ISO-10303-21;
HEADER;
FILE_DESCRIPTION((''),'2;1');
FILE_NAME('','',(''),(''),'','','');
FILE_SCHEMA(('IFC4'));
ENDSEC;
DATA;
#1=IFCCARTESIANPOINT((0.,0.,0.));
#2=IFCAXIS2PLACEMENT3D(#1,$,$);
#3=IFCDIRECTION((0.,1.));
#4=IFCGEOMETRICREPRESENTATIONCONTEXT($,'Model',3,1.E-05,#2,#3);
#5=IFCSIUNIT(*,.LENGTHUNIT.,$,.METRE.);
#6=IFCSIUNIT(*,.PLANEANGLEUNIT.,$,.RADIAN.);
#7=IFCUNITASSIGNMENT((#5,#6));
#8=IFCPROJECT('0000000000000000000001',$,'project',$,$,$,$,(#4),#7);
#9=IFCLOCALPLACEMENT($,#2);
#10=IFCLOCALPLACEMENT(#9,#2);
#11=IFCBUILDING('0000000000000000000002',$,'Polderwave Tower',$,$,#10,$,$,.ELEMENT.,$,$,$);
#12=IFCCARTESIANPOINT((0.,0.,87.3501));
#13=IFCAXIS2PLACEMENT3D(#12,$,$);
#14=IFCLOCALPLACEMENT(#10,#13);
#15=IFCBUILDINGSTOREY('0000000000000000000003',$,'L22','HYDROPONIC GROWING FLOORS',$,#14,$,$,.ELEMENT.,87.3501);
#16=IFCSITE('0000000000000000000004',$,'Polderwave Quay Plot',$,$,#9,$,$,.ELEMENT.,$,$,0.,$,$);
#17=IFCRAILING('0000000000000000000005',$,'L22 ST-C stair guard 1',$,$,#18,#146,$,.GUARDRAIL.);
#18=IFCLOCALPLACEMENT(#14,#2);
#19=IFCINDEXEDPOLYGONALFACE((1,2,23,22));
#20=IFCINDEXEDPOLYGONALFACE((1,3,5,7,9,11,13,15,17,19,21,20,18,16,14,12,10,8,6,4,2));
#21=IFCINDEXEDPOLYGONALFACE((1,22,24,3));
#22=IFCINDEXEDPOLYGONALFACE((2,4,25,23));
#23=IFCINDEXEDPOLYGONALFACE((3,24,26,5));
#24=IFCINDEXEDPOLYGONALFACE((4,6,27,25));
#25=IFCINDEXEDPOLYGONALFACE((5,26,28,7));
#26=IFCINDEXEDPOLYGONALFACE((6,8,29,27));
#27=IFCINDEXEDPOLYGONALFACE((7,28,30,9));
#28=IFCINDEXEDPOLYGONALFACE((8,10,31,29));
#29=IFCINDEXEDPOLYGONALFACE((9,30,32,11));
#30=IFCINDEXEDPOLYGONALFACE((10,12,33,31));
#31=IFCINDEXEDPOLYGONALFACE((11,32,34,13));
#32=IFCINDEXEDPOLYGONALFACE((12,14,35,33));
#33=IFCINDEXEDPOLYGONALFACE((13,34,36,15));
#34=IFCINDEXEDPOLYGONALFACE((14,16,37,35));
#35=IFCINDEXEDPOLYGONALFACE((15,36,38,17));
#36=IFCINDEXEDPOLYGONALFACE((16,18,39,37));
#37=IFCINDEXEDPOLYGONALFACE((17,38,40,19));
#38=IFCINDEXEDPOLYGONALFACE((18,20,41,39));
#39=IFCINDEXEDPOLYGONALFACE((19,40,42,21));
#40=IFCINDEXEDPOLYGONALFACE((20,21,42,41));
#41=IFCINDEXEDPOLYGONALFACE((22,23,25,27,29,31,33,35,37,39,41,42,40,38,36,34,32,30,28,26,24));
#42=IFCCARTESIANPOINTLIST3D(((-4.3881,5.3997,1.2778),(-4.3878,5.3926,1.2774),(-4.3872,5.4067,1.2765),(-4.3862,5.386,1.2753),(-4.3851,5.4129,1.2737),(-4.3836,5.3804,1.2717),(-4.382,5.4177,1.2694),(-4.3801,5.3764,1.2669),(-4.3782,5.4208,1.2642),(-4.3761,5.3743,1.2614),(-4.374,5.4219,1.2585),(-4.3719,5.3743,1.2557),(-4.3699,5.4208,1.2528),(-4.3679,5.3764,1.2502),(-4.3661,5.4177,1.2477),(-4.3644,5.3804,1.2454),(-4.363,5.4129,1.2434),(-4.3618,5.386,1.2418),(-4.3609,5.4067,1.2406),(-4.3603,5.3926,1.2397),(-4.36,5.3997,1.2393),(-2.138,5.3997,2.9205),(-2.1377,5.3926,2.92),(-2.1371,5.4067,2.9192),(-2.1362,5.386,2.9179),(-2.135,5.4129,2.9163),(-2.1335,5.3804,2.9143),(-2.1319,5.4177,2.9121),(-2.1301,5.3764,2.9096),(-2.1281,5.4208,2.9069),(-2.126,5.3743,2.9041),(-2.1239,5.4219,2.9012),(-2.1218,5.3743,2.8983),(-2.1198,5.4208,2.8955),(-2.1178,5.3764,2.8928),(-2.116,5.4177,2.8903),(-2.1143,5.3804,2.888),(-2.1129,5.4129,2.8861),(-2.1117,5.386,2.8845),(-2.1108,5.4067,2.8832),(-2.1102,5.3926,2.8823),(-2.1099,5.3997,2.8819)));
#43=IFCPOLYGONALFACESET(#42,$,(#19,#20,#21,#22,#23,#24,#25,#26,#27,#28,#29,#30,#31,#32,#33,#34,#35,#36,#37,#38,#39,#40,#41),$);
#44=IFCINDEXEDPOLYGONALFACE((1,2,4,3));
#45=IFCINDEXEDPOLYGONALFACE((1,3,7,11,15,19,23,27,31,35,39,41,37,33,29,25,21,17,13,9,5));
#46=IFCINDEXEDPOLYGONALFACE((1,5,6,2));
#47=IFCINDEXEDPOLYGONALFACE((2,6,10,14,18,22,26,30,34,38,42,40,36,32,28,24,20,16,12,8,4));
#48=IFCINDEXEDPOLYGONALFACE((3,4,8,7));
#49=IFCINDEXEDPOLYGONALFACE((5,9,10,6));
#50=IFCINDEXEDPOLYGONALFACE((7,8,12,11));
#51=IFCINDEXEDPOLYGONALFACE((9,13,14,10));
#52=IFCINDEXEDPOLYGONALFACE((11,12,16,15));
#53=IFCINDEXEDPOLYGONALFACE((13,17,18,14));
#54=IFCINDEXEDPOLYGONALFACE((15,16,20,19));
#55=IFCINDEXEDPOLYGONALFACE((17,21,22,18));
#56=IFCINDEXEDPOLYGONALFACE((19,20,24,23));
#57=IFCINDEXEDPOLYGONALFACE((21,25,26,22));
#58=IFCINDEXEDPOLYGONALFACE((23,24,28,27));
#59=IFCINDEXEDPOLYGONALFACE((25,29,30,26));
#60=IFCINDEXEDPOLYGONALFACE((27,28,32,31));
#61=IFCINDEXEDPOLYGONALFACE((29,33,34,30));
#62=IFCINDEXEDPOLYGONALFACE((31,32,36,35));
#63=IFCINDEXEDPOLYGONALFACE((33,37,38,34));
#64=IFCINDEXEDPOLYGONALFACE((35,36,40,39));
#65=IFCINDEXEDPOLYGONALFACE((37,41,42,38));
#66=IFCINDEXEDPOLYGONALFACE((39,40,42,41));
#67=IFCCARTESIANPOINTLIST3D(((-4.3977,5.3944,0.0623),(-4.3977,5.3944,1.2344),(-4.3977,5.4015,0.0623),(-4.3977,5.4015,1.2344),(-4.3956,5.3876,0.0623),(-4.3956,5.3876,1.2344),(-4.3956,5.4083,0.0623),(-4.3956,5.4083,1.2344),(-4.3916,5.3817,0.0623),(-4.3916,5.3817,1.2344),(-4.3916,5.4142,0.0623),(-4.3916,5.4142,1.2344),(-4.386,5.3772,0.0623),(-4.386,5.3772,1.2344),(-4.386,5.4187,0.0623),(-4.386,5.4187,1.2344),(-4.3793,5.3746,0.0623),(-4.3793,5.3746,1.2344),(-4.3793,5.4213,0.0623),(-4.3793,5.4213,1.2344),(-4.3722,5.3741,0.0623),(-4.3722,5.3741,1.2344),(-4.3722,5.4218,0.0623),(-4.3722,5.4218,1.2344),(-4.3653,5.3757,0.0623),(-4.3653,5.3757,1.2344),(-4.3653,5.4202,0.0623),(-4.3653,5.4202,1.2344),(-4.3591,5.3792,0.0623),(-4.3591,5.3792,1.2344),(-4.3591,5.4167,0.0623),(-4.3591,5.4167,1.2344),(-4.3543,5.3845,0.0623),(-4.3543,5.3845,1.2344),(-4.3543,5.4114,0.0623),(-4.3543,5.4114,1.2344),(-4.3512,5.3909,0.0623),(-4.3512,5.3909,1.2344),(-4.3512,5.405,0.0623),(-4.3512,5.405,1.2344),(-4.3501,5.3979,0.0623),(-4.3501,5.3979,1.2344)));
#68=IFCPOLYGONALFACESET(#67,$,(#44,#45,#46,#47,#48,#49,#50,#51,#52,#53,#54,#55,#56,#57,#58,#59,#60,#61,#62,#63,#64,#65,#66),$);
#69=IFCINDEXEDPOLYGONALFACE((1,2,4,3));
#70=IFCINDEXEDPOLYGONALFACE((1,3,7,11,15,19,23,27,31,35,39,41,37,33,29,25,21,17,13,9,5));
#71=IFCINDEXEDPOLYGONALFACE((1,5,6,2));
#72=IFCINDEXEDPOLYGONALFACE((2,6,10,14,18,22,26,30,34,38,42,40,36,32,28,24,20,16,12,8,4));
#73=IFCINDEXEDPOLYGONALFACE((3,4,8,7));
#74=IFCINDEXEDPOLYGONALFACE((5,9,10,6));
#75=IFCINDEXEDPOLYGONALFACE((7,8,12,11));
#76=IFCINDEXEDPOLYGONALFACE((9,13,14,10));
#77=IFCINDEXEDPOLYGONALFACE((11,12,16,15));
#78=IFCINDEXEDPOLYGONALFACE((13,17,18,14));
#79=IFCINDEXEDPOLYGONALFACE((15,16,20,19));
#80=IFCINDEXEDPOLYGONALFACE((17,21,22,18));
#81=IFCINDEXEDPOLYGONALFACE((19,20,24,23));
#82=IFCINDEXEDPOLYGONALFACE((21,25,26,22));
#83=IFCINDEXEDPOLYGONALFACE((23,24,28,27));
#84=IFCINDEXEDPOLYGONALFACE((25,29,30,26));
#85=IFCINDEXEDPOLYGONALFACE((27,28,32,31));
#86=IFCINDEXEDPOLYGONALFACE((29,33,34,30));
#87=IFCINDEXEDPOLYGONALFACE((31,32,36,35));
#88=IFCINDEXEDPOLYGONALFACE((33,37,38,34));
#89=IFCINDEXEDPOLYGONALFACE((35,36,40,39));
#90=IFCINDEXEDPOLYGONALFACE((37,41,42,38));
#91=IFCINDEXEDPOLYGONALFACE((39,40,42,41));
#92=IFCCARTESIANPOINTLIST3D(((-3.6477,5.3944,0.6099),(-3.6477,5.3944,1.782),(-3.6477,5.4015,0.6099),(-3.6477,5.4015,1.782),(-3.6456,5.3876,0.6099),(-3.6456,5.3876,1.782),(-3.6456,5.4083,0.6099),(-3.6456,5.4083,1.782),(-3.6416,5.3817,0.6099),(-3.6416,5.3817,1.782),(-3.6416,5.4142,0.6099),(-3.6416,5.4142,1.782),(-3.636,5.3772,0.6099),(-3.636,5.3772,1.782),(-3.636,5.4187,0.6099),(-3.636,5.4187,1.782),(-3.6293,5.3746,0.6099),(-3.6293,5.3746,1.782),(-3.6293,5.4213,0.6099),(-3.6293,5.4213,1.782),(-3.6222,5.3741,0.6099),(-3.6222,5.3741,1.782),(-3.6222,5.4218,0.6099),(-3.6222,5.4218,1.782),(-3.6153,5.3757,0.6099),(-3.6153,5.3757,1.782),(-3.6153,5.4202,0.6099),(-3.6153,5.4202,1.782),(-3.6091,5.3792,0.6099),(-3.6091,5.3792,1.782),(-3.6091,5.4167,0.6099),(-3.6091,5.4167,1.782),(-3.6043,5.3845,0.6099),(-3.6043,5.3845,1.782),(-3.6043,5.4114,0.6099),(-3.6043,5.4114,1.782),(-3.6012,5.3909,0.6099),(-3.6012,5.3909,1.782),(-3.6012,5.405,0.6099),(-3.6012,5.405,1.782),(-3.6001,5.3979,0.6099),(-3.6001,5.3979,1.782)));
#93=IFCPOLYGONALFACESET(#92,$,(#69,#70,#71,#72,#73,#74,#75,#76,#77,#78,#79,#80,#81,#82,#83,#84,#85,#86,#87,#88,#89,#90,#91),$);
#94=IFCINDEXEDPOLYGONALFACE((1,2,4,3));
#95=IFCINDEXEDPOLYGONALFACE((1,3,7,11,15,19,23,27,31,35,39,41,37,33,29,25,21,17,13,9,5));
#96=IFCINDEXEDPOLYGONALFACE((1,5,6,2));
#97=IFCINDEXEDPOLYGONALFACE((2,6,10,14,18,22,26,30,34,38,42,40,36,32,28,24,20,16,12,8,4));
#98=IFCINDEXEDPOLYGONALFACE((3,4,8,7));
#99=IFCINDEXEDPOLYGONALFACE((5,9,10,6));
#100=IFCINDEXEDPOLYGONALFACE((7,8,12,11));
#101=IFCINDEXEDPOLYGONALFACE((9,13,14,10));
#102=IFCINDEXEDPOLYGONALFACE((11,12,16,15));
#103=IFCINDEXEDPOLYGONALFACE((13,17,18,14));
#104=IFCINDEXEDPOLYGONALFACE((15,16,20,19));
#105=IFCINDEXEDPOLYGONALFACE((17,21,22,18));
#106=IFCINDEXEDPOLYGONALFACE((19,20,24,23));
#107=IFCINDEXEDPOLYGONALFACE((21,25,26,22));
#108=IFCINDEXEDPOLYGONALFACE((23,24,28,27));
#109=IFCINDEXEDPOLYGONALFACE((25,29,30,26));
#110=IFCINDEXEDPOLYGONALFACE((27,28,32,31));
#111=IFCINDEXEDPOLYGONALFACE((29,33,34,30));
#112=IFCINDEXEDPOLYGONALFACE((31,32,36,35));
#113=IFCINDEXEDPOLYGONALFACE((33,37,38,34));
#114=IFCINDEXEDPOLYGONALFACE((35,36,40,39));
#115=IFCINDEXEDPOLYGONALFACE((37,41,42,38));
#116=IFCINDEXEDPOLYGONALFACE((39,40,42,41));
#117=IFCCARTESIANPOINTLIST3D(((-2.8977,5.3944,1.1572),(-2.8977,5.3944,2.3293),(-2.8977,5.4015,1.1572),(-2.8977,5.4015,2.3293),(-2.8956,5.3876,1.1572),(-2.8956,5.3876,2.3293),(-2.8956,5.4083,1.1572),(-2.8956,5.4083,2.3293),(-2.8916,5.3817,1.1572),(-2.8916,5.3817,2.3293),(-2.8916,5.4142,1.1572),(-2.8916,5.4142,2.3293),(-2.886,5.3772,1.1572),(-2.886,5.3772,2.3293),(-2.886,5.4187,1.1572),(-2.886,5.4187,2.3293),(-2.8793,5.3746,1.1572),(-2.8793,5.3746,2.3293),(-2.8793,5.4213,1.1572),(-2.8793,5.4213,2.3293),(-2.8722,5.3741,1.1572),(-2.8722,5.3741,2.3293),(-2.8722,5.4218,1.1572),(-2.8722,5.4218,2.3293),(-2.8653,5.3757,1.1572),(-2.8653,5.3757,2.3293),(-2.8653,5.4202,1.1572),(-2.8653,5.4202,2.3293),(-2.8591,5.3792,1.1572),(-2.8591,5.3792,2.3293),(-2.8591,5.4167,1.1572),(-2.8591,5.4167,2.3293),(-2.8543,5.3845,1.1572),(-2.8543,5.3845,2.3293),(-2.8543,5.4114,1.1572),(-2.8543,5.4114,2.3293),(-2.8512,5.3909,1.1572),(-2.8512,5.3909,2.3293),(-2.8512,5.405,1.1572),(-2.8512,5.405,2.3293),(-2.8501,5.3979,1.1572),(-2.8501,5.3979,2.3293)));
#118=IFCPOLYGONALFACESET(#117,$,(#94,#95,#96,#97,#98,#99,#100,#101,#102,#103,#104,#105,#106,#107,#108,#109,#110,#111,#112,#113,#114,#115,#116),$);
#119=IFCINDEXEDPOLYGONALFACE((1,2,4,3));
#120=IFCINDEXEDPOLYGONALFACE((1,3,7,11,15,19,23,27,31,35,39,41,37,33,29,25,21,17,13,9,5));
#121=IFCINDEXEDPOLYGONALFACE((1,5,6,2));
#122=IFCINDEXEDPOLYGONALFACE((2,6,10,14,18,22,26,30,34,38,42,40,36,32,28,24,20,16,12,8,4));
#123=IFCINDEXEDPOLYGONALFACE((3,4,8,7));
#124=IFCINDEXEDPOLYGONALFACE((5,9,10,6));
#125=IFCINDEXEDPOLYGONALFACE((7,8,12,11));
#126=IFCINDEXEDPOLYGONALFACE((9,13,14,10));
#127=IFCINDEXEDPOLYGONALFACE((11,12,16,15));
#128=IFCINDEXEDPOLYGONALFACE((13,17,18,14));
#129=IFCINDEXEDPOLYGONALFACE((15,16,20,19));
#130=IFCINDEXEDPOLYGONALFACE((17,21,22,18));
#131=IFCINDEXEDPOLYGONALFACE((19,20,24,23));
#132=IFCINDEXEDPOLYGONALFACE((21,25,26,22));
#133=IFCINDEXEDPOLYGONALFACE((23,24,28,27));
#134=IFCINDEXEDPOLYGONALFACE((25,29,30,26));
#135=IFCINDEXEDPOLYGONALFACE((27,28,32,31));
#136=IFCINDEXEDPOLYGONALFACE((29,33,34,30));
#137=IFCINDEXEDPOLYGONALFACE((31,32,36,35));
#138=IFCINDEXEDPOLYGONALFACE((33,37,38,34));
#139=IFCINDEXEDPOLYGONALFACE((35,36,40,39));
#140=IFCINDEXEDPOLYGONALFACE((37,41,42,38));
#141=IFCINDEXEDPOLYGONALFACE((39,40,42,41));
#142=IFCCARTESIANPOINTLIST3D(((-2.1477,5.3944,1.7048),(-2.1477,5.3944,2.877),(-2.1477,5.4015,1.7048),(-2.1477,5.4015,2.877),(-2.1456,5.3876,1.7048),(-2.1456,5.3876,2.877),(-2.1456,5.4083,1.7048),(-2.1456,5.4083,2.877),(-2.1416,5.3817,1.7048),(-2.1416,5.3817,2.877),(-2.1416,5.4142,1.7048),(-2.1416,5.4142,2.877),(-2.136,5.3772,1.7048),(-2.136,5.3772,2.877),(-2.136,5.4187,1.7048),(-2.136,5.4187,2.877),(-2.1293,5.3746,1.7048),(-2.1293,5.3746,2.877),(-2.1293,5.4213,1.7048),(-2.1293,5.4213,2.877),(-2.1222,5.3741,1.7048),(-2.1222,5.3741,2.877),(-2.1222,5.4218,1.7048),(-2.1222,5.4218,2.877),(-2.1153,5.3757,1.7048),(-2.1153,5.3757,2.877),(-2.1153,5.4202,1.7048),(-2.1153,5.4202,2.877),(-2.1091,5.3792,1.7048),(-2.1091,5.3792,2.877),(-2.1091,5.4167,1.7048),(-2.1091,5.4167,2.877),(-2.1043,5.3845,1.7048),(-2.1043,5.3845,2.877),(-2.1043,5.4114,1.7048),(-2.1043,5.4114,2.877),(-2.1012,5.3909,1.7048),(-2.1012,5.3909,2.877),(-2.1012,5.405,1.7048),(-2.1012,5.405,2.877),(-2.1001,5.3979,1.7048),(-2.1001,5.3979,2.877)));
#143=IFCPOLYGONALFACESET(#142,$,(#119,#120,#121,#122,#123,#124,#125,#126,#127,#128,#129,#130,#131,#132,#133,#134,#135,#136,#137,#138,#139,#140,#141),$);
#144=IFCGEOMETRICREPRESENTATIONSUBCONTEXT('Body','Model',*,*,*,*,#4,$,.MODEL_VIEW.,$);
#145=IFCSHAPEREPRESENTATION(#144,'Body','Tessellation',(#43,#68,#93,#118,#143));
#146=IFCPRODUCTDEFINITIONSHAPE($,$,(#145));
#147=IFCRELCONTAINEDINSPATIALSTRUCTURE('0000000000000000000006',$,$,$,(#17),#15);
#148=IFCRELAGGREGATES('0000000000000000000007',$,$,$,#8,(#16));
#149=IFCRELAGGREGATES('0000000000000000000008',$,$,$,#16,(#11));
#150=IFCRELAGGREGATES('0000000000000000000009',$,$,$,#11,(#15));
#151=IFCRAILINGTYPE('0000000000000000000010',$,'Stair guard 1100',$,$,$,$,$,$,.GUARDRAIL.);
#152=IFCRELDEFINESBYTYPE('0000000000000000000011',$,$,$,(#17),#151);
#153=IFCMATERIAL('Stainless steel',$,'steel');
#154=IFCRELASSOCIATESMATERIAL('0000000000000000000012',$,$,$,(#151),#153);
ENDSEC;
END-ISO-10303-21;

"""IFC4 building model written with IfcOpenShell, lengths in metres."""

from ifc_helpers import new_model, si_unit, direction, frame, origin, origin_2d, place, context, subcontext, project, spatial, circle, extrude, material, type_object, element, save


model = new_model("IFC4")

# Units and contexts
model_context = context("Model", 3, precision=1e-05, world=origin(), true_north=direction((0.0, 1.0)))
body_context = subcontext(model_context, "Body", "Model", "MODEL_VIEW")
ifc_project = project(units=[si_unit("LENGTHUNIT", "METRE"), si_unit("PLANEANGLEUNIT", "RADIAN")], contexts=[model_context])

# Site, building, storey
site_placement = place(None, origin())
site = spatial("IfcSite", under=ifc_project, at=site_placement, Name="Polderwave Quay Plot", CompositionType="ELEMENT", RefElevation=0.0)
building_placement = place(site_placement, origin())
building = spatial("IfcBuilding", under=site, at=building_placement, Name="Polderwave Tower", CompositionType="ELEMENT")
storey_placement = place(building_placement, frame((0.0, 0.0, 87.3501)))
storey = spatial("IfcBuildingStorey", under=building, at=storey_placement, Name="L22", Description="HYDROPONIC GROWING FLOORS", CompositionType="ELEMENT", Elevation=87.3501)

# Railing
ifc_material_1 = material(Name="Stainless steel", Category="steel")
railing_type_1 = type_object("IfcRailingType", Name="Stair guard 1100", PredefinedType="GUARDRAIL", material=ifc_material_1)
railing_1_placement = place(storey_placement, frame((-4.374, 5.3979, 0.0623)))
element("IfcRailing", 1, at=railing_1_placement, inside=storey, type_object=railing_type_1, Name="L22 ST-C stair guard 1", PredefinedType="GUARDRAIL", context=body_context, shape_type="SweptSolid", body=[
    extrude(circle(Radius=0.0239, at=origin_2d()), frame((0.0, 0.0, 1.1963), z_axis=(0.807674, 0.0, 0.58963), x_axis=(0.0, 1.0, 0.0)), (0.0, 0.0, 1.0), 2.7859),
    extrude(circle(Radius=0.0239, at=origin_2d()), origin(), (0.0, 0.0, 1.0), 1.1721),
    extrude(circle(Radius=0.0239, at=origin_2d()), frame((0.75, 0.0, 0.5476)), (0.0, 0.0, 1.0), 1.1721),
    extrude(circle(Radius=0.0239, at=origin_2d()), frame((1.5, 0.0, 1.095)), (0.0, 0.0, 1.0), 1.1721),
    extrude(circle(Radius=0.0239, at=origin_2d()), frame((2.25, 0.0, 1.6426)), (0.0, 0.0, 1.0), 1.1721),
])

save(model, "model.ifc")
